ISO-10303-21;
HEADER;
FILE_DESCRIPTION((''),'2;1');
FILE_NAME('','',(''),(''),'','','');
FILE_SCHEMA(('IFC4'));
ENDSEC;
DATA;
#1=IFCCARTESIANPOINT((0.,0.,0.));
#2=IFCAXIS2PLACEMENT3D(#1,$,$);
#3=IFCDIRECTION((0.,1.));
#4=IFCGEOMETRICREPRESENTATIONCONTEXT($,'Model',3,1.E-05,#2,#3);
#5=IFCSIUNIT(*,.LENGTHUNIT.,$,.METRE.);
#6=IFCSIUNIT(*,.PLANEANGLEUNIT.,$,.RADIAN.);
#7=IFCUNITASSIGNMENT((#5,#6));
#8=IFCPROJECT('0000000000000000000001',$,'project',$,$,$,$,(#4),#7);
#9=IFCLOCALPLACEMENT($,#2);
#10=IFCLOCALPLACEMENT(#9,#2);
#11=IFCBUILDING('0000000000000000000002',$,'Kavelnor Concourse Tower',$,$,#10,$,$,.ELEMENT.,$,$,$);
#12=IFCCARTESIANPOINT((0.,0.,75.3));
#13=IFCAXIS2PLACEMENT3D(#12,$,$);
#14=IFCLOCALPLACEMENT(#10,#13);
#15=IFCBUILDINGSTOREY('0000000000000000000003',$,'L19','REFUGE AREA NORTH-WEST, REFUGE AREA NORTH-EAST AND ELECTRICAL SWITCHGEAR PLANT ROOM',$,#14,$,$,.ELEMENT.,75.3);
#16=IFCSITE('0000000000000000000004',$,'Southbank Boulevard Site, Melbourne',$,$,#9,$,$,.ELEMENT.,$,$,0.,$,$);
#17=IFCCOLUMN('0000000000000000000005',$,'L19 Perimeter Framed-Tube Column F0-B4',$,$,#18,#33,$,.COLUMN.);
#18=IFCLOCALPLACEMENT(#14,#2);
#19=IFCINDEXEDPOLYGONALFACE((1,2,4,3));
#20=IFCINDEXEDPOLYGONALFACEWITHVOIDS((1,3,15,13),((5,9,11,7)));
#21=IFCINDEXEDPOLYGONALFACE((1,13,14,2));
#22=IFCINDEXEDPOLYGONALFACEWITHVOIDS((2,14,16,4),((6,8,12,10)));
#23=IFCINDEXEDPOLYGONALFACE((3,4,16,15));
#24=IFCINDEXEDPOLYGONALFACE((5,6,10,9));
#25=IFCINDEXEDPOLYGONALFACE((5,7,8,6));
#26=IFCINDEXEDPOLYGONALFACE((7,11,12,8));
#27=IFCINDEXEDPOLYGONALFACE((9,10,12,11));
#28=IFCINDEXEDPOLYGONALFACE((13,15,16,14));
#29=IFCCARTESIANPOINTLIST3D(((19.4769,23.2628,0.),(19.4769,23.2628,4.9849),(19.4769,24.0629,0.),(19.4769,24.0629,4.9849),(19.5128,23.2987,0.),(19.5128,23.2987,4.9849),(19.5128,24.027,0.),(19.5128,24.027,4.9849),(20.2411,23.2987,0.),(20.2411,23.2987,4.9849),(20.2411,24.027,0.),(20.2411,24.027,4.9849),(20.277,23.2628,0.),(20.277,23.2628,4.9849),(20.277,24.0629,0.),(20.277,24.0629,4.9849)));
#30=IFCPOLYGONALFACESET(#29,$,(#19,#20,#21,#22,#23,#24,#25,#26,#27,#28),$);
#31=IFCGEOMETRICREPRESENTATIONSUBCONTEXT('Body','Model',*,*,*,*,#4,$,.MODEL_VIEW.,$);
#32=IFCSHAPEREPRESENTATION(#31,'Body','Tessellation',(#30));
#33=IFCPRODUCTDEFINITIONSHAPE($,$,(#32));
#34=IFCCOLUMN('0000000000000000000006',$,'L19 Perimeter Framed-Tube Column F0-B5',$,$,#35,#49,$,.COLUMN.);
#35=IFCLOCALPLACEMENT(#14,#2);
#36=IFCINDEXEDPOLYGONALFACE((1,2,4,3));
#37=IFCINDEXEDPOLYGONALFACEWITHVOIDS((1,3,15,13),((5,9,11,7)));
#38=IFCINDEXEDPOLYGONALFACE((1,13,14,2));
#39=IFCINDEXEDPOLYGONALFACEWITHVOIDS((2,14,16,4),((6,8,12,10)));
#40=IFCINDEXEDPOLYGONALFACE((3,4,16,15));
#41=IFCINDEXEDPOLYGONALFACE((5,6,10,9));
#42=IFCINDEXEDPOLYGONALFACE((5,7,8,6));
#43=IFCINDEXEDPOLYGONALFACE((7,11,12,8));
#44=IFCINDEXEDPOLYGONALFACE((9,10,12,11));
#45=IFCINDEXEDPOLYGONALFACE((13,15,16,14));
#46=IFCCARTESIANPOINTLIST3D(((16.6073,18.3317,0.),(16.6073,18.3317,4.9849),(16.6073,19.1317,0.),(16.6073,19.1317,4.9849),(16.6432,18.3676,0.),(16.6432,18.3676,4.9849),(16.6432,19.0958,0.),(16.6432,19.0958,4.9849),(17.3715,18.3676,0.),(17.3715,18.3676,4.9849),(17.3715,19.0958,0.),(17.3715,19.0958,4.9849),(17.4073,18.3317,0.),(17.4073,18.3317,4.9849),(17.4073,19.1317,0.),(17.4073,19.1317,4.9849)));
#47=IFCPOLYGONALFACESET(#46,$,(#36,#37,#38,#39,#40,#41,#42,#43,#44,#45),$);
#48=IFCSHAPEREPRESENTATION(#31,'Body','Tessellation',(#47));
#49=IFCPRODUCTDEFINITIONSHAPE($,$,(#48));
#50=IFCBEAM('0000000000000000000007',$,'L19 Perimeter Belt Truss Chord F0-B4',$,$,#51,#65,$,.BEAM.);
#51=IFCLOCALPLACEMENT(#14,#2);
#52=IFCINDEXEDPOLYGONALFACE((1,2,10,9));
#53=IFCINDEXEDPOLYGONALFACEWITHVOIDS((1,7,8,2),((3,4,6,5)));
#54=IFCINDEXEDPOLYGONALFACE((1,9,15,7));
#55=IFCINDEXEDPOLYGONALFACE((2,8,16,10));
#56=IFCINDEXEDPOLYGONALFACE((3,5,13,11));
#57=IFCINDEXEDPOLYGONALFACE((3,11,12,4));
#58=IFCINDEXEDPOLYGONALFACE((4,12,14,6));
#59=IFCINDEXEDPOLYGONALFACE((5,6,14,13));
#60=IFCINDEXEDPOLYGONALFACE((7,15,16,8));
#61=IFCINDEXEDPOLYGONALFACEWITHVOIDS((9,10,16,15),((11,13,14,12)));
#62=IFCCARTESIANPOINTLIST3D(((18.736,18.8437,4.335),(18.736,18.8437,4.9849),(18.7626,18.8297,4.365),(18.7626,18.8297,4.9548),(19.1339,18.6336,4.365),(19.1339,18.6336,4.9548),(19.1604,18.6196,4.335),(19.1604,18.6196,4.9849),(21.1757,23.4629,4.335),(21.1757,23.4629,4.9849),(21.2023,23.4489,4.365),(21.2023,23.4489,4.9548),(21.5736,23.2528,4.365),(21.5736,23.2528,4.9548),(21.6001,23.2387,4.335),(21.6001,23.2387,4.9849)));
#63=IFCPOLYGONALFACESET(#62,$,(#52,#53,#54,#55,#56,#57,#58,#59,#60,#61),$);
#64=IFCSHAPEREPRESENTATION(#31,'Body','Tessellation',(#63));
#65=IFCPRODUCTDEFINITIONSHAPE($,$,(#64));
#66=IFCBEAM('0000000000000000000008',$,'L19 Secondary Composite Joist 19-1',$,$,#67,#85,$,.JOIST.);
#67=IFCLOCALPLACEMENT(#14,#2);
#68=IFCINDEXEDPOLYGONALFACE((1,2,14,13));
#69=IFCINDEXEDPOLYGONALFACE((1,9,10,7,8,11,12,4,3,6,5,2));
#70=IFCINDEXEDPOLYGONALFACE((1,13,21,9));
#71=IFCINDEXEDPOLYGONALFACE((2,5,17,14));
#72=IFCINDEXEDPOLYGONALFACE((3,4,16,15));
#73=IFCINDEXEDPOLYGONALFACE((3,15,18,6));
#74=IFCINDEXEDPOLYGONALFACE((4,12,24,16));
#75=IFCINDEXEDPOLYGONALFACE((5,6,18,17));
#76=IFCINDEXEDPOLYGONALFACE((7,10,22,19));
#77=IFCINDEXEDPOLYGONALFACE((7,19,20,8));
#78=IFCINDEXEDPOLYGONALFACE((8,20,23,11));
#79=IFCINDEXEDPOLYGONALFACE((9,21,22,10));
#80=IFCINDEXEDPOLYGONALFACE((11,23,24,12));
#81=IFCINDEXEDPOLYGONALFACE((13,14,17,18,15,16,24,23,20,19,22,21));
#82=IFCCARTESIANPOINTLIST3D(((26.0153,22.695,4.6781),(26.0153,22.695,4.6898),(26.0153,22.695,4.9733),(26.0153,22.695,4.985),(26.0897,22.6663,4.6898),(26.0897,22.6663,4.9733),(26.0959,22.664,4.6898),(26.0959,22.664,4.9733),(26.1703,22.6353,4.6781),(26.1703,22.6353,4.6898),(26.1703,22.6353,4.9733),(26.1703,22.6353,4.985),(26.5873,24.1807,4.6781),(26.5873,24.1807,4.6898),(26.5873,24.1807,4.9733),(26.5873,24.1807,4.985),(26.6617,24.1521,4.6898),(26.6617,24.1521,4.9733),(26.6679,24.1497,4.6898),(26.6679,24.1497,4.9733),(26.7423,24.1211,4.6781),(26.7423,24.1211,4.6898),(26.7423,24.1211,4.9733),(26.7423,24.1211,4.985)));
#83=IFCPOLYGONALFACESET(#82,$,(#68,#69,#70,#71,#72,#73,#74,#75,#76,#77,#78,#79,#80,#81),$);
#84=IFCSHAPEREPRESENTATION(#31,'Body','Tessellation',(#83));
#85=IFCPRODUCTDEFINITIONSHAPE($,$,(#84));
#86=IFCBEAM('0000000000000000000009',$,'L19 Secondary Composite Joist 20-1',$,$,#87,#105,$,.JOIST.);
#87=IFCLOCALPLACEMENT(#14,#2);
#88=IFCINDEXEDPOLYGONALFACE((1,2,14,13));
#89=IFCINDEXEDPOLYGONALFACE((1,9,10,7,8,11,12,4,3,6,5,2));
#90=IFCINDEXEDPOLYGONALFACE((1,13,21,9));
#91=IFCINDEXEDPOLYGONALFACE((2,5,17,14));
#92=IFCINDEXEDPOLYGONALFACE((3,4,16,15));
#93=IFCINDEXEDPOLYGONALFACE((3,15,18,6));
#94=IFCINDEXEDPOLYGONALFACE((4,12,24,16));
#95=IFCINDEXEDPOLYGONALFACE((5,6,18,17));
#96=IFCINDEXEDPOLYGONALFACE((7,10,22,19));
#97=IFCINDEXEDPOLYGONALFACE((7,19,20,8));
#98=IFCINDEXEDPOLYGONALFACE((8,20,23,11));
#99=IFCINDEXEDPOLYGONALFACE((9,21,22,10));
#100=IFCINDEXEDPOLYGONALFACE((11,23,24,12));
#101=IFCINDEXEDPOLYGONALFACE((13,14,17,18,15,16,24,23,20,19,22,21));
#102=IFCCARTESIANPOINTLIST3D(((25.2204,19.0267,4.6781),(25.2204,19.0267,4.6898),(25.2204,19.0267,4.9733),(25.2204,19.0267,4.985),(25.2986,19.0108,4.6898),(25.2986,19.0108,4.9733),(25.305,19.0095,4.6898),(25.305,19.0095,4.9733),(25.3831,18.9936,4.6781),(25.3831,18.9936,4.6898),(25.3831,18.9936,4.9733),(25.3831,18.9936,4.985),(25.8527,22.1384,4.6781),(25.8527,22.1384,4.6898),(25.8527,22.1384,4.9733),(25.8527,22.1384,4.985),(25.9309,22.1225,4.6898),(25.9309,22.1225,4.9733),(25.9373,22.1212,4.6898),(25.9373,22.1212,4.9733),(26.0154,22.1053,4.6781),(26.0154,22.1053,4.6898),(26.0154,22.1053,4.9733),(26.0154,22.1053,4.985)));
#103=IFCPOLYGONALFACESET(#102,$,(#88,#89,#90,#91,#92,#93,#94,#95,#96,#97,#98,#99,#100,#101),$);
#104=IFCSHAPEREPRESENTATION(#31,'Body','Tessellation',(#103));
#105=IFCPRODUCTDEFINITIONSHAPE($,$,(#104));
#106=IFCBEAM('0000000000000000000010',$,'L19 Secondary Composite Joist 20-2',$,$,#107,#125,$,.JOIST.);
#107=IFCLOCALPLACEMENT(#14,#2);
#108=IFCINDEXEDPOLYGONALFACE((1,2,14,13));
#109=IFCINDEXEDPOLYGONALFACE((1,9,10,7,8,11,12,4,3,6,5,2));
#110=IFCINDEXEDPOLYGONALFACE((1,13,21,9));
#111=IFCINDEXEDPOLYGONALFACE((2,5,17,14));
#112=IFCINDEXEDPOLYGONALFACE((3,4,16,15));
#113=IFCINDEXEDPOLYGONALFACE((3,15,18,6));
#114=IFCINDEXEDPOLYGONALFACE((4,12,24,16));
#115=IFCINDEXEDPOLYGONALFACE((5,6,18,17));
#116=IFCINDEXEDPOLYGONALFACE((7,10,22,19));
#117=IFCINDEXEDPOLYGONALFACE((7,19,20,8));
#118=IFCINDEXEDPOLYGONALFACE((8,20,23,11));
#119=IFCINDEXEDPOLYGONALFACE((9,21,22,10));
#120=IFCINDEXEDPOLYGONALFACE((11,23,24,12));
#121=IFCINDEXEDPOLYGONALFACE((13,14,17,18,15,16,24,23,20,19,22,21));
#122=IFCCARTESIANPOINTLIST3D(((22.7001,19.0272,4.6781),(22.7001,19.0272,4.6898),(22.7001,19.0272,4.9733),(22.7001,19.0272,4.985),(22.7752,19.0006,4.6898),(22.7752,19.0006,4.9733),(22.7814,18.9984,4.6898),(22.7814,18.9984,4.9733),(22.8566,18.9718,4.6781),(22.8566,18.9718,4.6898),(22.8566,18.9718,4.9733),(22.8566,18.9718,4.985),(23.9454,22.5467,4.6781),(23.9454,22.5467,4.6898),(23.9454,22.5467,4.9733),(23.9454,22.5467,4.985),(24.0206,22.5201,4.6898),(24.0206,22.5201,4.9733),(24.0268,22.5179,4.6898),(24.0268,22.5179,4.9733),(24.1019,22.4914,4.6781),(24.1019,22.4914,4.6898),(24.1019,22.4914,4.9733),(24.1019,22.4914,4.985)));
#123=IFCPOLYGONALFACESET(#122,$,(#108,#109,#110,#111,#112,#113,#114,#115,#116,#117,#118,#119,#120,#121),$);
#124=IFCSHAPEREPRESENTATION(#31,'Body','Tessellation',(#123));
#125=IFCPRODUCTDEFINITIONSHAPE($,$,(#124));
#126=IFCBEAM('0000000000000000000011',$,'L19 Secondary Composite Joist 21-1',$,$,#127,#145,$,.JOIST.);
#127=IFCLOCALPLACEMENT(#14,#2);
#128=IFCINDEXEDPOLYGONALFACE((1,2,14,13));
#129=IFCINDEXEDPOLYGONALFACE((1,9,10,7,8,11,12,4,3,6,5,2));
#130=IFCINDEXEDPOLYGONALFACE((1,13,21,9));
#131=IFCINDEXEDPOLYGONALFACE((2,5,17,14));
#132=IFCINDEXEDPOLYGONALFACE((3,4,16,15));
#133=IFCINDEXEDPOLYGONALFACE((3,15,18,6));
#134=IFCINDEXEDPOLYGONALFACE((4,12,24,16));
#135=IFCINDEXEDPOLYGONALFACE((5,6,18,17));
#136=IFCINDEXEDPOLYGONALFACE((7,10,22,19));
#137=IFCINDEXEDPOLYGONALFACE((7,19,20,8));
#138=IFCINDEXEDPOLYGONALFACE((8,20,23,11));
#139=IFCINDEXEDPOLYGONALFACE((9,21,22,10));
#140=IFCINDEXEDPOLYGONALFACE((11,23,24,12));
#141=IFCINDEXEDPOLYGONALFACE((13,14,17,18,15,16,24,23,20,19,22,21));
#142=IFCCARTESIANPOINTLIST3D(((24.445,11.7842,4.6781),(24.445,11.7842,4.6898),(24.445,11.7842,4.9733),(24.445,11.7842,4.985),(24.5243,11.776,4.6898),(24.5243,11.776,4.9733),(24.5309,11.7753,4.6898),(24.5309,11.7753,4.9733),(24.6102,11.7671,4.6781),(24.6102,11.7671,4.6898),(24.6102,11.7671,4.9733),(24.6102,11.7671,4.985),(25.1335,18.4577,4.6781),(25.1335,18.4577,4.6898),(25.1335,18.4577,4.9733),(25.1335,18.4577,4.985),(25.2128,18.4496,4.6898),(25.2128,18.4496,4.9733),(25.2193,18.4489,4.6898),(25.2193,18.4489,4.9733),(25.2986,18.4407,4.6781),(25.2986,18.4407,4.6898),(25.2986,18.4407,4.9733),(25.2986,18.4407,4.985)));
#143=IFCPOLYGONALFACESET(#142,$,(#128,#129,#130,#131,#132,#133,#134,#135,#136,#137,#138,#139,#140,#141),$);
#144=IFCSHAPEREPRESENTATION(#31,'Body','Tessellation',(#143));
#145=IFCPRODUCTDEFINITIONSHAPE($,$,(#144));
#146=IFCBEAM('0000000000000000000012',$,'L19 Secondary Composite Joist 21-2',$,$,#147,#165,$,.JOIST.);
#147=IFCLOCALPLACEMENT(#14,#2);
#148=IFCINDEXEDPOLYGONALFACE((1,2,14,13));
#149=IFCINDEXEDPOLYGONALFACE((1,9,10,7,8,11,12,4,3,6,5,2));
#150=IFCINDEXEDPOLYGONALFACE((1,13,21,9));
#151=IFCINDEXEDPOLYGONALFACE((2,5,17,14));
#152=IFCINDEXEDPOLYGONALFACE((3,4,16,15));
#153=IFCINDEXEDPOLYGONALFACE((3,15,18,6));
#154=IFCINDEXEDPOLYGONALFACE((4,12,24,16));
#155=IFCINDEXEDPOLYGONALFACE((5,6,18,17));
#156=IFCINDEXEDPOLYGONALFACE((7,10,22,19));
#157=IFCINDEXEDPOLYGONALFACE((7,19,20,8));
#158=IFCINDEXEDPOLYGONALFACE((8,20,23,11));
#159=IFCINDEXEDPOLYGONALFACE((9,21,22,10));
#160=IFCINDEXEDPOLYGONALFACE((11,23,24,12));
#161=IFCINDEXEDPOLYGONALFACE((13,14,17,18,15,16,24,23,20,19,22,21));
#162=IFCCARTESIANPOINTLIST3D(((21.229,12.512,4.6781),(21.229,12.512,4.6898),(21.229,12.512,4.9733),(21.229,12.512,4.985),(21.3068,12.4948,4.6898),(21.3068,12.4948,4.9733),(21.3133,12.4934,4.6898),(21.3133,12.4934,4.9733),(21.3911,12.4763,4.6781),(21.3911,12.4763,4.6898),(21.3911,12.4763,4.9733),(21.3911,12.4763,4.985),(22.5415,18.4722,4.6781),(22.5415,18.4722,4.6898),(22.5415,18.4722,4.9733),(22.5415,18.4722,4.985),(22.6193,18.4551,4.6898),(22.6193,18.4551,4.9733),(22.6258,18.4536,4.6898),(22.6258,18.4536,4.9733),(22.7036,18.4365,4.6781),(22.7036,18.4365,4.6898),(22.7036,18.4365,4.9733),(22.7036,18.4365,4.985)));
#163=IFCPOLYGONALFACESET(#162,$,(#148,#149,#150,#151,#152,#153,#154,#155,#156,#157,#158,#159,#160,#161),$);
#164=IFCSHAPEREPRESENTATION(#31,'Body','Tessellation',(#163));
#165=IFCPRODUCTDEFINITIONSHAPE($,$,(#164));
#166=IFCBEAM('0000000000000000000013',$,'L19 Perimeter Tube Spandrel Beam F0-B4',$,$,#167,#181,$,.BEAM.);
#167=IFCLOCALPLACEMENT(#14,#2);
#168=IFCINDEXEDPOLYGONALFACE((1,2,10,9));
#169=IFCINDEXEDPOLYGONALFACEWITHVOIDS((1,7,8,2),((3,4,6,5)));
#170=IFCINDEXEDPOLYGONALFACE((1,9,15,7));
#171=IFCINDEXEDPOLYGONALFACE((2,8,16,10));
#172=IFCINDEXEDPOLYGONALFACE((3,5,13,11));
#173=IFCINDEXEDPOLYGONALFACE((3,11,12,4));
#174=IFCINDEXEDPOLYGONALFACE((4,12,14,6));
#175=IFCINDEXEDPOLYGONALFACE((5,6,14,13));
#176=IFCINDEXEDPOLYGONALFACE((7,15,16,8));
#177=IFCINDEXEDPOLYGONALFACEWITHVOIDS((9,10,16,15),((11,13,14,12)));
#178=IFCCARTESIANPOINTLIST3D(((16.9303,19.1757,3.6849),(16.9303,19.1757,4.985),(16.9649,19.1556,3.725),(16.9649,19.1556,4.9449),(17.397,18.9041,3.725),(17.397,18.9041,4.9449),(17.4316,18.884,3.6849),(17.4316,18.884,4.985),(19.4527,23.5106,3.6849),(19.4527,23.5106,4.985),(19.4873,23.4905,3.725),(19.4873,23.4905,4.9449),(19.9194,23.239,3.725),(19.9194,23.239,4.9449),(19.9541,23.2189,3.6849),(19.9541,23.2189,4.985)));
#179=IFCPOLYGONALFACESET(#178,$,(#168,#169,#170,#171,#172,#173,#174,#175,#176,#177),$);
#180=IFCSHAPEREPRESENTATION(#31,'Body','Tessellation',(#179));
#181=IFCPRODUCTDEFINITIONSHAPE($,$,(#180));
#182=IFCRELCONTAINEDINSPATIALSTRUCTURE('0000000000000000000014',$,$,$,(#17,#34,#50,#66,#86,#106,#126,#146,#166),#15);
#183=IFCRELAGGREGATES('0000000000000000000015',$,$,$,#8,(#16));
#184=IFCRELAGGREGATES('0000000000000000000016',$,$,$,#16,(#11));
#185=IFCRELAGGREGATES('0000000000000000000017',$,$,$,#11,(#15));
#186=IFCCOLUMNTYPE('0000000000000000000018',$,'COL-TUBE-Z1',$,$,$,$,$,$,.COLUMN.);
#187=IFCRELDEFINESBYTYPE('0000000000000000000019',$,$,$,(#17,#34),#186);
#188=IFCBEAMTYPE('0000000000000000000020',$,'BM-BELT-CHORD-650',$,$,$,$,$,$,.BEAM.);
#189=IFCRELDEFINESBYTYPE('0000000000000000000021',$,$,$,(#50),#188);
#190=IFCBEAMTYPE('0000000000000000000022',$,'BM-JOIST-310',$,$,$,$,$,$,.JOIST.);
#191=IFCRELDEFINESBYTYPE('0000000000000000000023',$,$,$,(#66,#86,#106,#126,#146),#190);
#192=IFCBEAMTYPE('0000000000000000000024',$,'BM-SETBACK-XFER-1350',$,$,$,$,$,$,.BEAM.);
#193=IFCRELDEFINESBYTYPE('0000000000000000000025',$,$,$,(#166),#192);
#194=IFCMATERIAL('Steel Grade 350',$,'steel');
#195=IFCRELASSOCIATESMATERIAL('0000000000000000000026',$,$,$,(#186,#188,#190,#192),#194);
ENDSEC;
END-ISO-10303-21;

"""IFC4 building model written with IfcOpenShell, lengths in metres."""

from ifc_helpers import new_model, si_unit, direction, frame, origin, origin_2d, place, context, subcontext, project, spatial, hollow_rectangle, i_section, extrude, material, material_profile, profile_set, type_object, element, save


model = new_model("IFC4")

# Units and contexts
model_context = context("Model", 3, precision=1e-05, world=origin(), true_north=direction((0.0, 1.0)))
body_context = subcontext(model_context, "Body", "Model", "MODEL_VIEW")
ifc_project = project(units=[si_unit("LENGTHUNIT", "METRE"), si_unit("PLANEANGLEUNIT", "RADIAN")], contexts=[model_context])

# Site, building, storey
site_placement = place(None, origin())
site = spatial("IfcSite", under=ifc_project, at=site_placement, Name="Southbank Boulevard Site, Melbourne", CompositionType="ELEMENT", RefElevation=0.0)
building_placement = place(site_placement, origin())
building = spatial("IfcBuilding", under=site, at=building_placement, Name="Kavelnor Concourse Tower", CompositionType="ELEMENT")
storey_placement = place(building_placement, frame((0.0, 0.0, 75.3)))
storey = spatial("IfcBuildingStorey", under=building, at=storey_placement, Name="L19", Description="REFUGE AREA NORTH-WEST, REFUGE AREA NORTH-EAST AND ELECTRICAL SWITCHGEAR PLANT ROOM", CompositionType="ELEMENT", Elevation=75.3)

# Columns
ifc_material_1 = material(Name="Steel Grade 350", Category="steel")
ifc_material_profile_1 = material_profile(ifc_material_1, hollow_rectangle(XDim=0.8, YDim=0.8, WallThickness=0.0359, at=origin_2d()), Name="SHS 800x800x36")
ifc_profile_set_1 = profile_set([ifc_material_profile_1], Name="Steel Grade 350")
column_type = type_object("IfcColumnType", Name="COL-TUBE-Z1", PredefinedType="COLUMN", material=ifc_profile_set_1)
for number, where, z_axis, x_axis, name in (
    (1, (19.877, 23.6628, 0.0), (0.0, 0.0, 1.0), (1.0, 0.0, 0.0), "L19 Perimeter Framed-Tube Column F0-B4"),
    (2, (17.0073, 18.7317, 0.0), (0.0, 0.0, 1.0), (1.0, 0.0, 0.0), "L19 Perimeter Framed-Tube Column F0-B5"),
):
    element("IfcColumn", number, at=place(storey_placement, frame(where, z_axis=z_axis, x_axis=x_axis)), inside=storey, type_object=column_type, Name=name, PredefinedType="COLUMN", context=body_context, shape_type="SweptSolid", body=[
        extrude(hollow_rectangle(XDim=0.8, YDim=0.8, WallThickness=0.0359, at=origin_2d()), origin(), (0.0, 0.0, 1.0), 4.9849),
    ])

# Beams
ifc_material_profile_2 = material_profile(ifc_material_1, hollow_rectangle(XDim=0.48, YDim=0.6499, WallThickness=0.03, at=origin_2d()), Name="RHS 650x480x30")
ifc_profile_set_2 = profile_set([ifc_material_profile_2], Name="Steel Grade 350")
beam_type_1 = type_object("IfcBeamType", Name="BM-BELT-CHORD-650", PredefinedType="BEAM", material=ifc_profile_set_2)
beam_1_placement = place(storey_placement, frame((21.3879, 23.3508, 4.6599), z_axis=(-0.467031, -0.884241, 0.0), x_axis=(0.884241, -0.467031, 0.0)))
element("IfcBeam", 3, at=beam_1_placement, inside=storey, type_object=beam_type_1, Name="L19 Perimeter Belt Truss Chord F0-B4", PredefinedType="BEAM", context=body_context, shape_type="SweptSolid", body=[
    extrude(hollow_rectangle(XDim=0.48, YDim=0.6499, WallThickness=0.03, at=origin_2d()), origin(), (0.0, 0.0, 1.0), 5.2239),
])
ifc_material_profile_3 = material_profile(ifc_material_1, i_section(OverallWidth=0.166, OverallDepth=0.3069, WebThickness=0.0066, FlangeThickness=0.0117, at=origin_2d()), Name="310UB46")
ifc_profile_set_3 = profile_set([ifc_material_profile_3], Name="Steel Grade 350")
beam_type_2 = type_object("IfcBeamType", Name="BM-JOIST-310", PredefinedType="JOIST", material=ifc_profile_set_3)
beam_2_placement = place(storey_placement, frame((26.6648, 24.1509, 4.8315), z_axis=(-0.359277, -0.933231, 0.0), x_axis=(0.933231, -0.359277, 0.0)))
element("IfcBeam", 4, at=beam_2_placement, inside=storey, type_object=beam_type_2, Name="L19 Secondary Composite Joist 19-1", PredefinedType="JOIST", context=body_context, shape_type="SweptSolid", body=[
    extrude(i_section(OverallWidth=0.166, OverallDepth=0.3069, WebThickness=0.0066, FlangeThickness=0.0117, at=origin_2d()), origin(), (0.0, 0.0, 1.0), 1.592),
])
beam_3_placement = place(storey_placement, frame((25.9341, 22.1218, 4.8315), z_axis=(-0.199131, -0.979973, 0.0), x_axis=(0.979973, -0.199131, 0.0)))
element("IfcBeam", 5, at=beam_3_placement, inside=storey, type_object=beam_type_2, Name="L19 Secondary Composite Joist 20-1", PredefinedType="JOIST", context=body_context, shape_type="SweptSolid", body=[
    extrude(i_section(OverallWidth=0.166, OverallDepth=0.3069, WebThickness=0.0066, FlangeThickness=0.0117, at=origin_2d()), origin(), (0.0, 0.0, 1.0), 3.1753),
])
beam_4_placement = place(storey_placement, frame((24.0237, 22.519, 4.8315), z_axis=(-0.333576, -0.942723, 0.0), x_axis=(0.942723, -0.333576, 0.0)))
element("IfcBeam", 6, at=beam_4_placement, inside=storey, type_object=beam_type_2, Name="L19 Secondary Composite Joist 20-2", PredefinedType="JOIST", context=body_context, shape_type="SweptSolid", body=[
    extrude(i_section(OverallWidth=0.166, OverallDepth=0.3069, WebThickness=0.0066, FlangeThickness=0.0117, at=origin_2d()), origin(), (0.0, 0.0, 1.0), 3.7334),
])
beam_5_placement = place(storey_placement, frame((25.2161, 18.4492, 4.8315), z_axis=(-0.10262, -0.994721, 0.0), x_axis=(0.994721, -0.10262, 0.0)))
element("IfcBeam", 7, at=beam_5_placement, inside=storey, type_object=beam_type_2, Name="L19 Secondary Composite Joist 21-1", PredefinedType="JOIST", context=body_context, shape_type="SweptSolid", body=[
    extrude(i_section(OverallWidth=0.166, OverallDepth=0.3069, WebThickness=0.0066, FlangeThickness=0.0117, at=origin_2d()), origin(), (0.0, 0.0, 1.0), 6.709),
])
beam_6_placement = place(storey_placement, frame((22.6226, 18.4543, 4.8315), z_axis=(-0.215058, -0.976601, 0.0), x_axis=(0.976601, -0.215058, 0.0)))
element("IfcBeam", 8, at=beam_6_placement, inside=storey, type_object=beam_type_2, Name="L19 Secondary Composite Joist 21-2", PredefinedType="JOIST", context=body_context, shape_type="SweptSolid", body=[
    extrude(i_section(OverallWidth=0.166, OverallDepth=0.3069, WebThickness=0.0066, FlangeThickness=0.0117, at=origin_2d()), origin(), (0.0, 0.0, 1.0), 6.103),
])
ifc_material_profile_4 = material_profile(ifc_material_1, hollow_rectangle(XDim=0.5801, YDim=1.3, WallThickness=0.04, at=origin_2d()), Name="RHS 1300x580x40")
ifc_profile_set_4 = profile_set([ifc_material_profile_4], Name="Steel Grade 350")
beam_type_3 = type_object("IfcBeamType", Name="BM-SETBACK-XFER-1350", PredefinedType="BEAM", material=ifc_profile_set_4)
for number, where, z_axis, x_axis, name in (
    (9, (19.7034, 23.3647, 4.335), (-0.502939, -0.864322, 0.0), (0.864322, -0.502939, 0.0), "L19 Perimeter Tube Spandrel Beam F0-B4"),
):
    element("IfcBeam", number, at=place(storey_placement, frame(where, z_axis=z_axis, x_axis=x_axis)), inside=storey, type_object=beam_type_3, Name=name, PredefinedType="BEAM", context=body_context, shape_type="SweptSolid", body=[
        extrude(hollow_rectangle(XDim=0.5801, YDim=1.3, WallThickness=0.04, at=origin_2d()), origin(), (0.0, 0.0, 1.0), 5.0154),
    ])

save(model, "model.ifc")
